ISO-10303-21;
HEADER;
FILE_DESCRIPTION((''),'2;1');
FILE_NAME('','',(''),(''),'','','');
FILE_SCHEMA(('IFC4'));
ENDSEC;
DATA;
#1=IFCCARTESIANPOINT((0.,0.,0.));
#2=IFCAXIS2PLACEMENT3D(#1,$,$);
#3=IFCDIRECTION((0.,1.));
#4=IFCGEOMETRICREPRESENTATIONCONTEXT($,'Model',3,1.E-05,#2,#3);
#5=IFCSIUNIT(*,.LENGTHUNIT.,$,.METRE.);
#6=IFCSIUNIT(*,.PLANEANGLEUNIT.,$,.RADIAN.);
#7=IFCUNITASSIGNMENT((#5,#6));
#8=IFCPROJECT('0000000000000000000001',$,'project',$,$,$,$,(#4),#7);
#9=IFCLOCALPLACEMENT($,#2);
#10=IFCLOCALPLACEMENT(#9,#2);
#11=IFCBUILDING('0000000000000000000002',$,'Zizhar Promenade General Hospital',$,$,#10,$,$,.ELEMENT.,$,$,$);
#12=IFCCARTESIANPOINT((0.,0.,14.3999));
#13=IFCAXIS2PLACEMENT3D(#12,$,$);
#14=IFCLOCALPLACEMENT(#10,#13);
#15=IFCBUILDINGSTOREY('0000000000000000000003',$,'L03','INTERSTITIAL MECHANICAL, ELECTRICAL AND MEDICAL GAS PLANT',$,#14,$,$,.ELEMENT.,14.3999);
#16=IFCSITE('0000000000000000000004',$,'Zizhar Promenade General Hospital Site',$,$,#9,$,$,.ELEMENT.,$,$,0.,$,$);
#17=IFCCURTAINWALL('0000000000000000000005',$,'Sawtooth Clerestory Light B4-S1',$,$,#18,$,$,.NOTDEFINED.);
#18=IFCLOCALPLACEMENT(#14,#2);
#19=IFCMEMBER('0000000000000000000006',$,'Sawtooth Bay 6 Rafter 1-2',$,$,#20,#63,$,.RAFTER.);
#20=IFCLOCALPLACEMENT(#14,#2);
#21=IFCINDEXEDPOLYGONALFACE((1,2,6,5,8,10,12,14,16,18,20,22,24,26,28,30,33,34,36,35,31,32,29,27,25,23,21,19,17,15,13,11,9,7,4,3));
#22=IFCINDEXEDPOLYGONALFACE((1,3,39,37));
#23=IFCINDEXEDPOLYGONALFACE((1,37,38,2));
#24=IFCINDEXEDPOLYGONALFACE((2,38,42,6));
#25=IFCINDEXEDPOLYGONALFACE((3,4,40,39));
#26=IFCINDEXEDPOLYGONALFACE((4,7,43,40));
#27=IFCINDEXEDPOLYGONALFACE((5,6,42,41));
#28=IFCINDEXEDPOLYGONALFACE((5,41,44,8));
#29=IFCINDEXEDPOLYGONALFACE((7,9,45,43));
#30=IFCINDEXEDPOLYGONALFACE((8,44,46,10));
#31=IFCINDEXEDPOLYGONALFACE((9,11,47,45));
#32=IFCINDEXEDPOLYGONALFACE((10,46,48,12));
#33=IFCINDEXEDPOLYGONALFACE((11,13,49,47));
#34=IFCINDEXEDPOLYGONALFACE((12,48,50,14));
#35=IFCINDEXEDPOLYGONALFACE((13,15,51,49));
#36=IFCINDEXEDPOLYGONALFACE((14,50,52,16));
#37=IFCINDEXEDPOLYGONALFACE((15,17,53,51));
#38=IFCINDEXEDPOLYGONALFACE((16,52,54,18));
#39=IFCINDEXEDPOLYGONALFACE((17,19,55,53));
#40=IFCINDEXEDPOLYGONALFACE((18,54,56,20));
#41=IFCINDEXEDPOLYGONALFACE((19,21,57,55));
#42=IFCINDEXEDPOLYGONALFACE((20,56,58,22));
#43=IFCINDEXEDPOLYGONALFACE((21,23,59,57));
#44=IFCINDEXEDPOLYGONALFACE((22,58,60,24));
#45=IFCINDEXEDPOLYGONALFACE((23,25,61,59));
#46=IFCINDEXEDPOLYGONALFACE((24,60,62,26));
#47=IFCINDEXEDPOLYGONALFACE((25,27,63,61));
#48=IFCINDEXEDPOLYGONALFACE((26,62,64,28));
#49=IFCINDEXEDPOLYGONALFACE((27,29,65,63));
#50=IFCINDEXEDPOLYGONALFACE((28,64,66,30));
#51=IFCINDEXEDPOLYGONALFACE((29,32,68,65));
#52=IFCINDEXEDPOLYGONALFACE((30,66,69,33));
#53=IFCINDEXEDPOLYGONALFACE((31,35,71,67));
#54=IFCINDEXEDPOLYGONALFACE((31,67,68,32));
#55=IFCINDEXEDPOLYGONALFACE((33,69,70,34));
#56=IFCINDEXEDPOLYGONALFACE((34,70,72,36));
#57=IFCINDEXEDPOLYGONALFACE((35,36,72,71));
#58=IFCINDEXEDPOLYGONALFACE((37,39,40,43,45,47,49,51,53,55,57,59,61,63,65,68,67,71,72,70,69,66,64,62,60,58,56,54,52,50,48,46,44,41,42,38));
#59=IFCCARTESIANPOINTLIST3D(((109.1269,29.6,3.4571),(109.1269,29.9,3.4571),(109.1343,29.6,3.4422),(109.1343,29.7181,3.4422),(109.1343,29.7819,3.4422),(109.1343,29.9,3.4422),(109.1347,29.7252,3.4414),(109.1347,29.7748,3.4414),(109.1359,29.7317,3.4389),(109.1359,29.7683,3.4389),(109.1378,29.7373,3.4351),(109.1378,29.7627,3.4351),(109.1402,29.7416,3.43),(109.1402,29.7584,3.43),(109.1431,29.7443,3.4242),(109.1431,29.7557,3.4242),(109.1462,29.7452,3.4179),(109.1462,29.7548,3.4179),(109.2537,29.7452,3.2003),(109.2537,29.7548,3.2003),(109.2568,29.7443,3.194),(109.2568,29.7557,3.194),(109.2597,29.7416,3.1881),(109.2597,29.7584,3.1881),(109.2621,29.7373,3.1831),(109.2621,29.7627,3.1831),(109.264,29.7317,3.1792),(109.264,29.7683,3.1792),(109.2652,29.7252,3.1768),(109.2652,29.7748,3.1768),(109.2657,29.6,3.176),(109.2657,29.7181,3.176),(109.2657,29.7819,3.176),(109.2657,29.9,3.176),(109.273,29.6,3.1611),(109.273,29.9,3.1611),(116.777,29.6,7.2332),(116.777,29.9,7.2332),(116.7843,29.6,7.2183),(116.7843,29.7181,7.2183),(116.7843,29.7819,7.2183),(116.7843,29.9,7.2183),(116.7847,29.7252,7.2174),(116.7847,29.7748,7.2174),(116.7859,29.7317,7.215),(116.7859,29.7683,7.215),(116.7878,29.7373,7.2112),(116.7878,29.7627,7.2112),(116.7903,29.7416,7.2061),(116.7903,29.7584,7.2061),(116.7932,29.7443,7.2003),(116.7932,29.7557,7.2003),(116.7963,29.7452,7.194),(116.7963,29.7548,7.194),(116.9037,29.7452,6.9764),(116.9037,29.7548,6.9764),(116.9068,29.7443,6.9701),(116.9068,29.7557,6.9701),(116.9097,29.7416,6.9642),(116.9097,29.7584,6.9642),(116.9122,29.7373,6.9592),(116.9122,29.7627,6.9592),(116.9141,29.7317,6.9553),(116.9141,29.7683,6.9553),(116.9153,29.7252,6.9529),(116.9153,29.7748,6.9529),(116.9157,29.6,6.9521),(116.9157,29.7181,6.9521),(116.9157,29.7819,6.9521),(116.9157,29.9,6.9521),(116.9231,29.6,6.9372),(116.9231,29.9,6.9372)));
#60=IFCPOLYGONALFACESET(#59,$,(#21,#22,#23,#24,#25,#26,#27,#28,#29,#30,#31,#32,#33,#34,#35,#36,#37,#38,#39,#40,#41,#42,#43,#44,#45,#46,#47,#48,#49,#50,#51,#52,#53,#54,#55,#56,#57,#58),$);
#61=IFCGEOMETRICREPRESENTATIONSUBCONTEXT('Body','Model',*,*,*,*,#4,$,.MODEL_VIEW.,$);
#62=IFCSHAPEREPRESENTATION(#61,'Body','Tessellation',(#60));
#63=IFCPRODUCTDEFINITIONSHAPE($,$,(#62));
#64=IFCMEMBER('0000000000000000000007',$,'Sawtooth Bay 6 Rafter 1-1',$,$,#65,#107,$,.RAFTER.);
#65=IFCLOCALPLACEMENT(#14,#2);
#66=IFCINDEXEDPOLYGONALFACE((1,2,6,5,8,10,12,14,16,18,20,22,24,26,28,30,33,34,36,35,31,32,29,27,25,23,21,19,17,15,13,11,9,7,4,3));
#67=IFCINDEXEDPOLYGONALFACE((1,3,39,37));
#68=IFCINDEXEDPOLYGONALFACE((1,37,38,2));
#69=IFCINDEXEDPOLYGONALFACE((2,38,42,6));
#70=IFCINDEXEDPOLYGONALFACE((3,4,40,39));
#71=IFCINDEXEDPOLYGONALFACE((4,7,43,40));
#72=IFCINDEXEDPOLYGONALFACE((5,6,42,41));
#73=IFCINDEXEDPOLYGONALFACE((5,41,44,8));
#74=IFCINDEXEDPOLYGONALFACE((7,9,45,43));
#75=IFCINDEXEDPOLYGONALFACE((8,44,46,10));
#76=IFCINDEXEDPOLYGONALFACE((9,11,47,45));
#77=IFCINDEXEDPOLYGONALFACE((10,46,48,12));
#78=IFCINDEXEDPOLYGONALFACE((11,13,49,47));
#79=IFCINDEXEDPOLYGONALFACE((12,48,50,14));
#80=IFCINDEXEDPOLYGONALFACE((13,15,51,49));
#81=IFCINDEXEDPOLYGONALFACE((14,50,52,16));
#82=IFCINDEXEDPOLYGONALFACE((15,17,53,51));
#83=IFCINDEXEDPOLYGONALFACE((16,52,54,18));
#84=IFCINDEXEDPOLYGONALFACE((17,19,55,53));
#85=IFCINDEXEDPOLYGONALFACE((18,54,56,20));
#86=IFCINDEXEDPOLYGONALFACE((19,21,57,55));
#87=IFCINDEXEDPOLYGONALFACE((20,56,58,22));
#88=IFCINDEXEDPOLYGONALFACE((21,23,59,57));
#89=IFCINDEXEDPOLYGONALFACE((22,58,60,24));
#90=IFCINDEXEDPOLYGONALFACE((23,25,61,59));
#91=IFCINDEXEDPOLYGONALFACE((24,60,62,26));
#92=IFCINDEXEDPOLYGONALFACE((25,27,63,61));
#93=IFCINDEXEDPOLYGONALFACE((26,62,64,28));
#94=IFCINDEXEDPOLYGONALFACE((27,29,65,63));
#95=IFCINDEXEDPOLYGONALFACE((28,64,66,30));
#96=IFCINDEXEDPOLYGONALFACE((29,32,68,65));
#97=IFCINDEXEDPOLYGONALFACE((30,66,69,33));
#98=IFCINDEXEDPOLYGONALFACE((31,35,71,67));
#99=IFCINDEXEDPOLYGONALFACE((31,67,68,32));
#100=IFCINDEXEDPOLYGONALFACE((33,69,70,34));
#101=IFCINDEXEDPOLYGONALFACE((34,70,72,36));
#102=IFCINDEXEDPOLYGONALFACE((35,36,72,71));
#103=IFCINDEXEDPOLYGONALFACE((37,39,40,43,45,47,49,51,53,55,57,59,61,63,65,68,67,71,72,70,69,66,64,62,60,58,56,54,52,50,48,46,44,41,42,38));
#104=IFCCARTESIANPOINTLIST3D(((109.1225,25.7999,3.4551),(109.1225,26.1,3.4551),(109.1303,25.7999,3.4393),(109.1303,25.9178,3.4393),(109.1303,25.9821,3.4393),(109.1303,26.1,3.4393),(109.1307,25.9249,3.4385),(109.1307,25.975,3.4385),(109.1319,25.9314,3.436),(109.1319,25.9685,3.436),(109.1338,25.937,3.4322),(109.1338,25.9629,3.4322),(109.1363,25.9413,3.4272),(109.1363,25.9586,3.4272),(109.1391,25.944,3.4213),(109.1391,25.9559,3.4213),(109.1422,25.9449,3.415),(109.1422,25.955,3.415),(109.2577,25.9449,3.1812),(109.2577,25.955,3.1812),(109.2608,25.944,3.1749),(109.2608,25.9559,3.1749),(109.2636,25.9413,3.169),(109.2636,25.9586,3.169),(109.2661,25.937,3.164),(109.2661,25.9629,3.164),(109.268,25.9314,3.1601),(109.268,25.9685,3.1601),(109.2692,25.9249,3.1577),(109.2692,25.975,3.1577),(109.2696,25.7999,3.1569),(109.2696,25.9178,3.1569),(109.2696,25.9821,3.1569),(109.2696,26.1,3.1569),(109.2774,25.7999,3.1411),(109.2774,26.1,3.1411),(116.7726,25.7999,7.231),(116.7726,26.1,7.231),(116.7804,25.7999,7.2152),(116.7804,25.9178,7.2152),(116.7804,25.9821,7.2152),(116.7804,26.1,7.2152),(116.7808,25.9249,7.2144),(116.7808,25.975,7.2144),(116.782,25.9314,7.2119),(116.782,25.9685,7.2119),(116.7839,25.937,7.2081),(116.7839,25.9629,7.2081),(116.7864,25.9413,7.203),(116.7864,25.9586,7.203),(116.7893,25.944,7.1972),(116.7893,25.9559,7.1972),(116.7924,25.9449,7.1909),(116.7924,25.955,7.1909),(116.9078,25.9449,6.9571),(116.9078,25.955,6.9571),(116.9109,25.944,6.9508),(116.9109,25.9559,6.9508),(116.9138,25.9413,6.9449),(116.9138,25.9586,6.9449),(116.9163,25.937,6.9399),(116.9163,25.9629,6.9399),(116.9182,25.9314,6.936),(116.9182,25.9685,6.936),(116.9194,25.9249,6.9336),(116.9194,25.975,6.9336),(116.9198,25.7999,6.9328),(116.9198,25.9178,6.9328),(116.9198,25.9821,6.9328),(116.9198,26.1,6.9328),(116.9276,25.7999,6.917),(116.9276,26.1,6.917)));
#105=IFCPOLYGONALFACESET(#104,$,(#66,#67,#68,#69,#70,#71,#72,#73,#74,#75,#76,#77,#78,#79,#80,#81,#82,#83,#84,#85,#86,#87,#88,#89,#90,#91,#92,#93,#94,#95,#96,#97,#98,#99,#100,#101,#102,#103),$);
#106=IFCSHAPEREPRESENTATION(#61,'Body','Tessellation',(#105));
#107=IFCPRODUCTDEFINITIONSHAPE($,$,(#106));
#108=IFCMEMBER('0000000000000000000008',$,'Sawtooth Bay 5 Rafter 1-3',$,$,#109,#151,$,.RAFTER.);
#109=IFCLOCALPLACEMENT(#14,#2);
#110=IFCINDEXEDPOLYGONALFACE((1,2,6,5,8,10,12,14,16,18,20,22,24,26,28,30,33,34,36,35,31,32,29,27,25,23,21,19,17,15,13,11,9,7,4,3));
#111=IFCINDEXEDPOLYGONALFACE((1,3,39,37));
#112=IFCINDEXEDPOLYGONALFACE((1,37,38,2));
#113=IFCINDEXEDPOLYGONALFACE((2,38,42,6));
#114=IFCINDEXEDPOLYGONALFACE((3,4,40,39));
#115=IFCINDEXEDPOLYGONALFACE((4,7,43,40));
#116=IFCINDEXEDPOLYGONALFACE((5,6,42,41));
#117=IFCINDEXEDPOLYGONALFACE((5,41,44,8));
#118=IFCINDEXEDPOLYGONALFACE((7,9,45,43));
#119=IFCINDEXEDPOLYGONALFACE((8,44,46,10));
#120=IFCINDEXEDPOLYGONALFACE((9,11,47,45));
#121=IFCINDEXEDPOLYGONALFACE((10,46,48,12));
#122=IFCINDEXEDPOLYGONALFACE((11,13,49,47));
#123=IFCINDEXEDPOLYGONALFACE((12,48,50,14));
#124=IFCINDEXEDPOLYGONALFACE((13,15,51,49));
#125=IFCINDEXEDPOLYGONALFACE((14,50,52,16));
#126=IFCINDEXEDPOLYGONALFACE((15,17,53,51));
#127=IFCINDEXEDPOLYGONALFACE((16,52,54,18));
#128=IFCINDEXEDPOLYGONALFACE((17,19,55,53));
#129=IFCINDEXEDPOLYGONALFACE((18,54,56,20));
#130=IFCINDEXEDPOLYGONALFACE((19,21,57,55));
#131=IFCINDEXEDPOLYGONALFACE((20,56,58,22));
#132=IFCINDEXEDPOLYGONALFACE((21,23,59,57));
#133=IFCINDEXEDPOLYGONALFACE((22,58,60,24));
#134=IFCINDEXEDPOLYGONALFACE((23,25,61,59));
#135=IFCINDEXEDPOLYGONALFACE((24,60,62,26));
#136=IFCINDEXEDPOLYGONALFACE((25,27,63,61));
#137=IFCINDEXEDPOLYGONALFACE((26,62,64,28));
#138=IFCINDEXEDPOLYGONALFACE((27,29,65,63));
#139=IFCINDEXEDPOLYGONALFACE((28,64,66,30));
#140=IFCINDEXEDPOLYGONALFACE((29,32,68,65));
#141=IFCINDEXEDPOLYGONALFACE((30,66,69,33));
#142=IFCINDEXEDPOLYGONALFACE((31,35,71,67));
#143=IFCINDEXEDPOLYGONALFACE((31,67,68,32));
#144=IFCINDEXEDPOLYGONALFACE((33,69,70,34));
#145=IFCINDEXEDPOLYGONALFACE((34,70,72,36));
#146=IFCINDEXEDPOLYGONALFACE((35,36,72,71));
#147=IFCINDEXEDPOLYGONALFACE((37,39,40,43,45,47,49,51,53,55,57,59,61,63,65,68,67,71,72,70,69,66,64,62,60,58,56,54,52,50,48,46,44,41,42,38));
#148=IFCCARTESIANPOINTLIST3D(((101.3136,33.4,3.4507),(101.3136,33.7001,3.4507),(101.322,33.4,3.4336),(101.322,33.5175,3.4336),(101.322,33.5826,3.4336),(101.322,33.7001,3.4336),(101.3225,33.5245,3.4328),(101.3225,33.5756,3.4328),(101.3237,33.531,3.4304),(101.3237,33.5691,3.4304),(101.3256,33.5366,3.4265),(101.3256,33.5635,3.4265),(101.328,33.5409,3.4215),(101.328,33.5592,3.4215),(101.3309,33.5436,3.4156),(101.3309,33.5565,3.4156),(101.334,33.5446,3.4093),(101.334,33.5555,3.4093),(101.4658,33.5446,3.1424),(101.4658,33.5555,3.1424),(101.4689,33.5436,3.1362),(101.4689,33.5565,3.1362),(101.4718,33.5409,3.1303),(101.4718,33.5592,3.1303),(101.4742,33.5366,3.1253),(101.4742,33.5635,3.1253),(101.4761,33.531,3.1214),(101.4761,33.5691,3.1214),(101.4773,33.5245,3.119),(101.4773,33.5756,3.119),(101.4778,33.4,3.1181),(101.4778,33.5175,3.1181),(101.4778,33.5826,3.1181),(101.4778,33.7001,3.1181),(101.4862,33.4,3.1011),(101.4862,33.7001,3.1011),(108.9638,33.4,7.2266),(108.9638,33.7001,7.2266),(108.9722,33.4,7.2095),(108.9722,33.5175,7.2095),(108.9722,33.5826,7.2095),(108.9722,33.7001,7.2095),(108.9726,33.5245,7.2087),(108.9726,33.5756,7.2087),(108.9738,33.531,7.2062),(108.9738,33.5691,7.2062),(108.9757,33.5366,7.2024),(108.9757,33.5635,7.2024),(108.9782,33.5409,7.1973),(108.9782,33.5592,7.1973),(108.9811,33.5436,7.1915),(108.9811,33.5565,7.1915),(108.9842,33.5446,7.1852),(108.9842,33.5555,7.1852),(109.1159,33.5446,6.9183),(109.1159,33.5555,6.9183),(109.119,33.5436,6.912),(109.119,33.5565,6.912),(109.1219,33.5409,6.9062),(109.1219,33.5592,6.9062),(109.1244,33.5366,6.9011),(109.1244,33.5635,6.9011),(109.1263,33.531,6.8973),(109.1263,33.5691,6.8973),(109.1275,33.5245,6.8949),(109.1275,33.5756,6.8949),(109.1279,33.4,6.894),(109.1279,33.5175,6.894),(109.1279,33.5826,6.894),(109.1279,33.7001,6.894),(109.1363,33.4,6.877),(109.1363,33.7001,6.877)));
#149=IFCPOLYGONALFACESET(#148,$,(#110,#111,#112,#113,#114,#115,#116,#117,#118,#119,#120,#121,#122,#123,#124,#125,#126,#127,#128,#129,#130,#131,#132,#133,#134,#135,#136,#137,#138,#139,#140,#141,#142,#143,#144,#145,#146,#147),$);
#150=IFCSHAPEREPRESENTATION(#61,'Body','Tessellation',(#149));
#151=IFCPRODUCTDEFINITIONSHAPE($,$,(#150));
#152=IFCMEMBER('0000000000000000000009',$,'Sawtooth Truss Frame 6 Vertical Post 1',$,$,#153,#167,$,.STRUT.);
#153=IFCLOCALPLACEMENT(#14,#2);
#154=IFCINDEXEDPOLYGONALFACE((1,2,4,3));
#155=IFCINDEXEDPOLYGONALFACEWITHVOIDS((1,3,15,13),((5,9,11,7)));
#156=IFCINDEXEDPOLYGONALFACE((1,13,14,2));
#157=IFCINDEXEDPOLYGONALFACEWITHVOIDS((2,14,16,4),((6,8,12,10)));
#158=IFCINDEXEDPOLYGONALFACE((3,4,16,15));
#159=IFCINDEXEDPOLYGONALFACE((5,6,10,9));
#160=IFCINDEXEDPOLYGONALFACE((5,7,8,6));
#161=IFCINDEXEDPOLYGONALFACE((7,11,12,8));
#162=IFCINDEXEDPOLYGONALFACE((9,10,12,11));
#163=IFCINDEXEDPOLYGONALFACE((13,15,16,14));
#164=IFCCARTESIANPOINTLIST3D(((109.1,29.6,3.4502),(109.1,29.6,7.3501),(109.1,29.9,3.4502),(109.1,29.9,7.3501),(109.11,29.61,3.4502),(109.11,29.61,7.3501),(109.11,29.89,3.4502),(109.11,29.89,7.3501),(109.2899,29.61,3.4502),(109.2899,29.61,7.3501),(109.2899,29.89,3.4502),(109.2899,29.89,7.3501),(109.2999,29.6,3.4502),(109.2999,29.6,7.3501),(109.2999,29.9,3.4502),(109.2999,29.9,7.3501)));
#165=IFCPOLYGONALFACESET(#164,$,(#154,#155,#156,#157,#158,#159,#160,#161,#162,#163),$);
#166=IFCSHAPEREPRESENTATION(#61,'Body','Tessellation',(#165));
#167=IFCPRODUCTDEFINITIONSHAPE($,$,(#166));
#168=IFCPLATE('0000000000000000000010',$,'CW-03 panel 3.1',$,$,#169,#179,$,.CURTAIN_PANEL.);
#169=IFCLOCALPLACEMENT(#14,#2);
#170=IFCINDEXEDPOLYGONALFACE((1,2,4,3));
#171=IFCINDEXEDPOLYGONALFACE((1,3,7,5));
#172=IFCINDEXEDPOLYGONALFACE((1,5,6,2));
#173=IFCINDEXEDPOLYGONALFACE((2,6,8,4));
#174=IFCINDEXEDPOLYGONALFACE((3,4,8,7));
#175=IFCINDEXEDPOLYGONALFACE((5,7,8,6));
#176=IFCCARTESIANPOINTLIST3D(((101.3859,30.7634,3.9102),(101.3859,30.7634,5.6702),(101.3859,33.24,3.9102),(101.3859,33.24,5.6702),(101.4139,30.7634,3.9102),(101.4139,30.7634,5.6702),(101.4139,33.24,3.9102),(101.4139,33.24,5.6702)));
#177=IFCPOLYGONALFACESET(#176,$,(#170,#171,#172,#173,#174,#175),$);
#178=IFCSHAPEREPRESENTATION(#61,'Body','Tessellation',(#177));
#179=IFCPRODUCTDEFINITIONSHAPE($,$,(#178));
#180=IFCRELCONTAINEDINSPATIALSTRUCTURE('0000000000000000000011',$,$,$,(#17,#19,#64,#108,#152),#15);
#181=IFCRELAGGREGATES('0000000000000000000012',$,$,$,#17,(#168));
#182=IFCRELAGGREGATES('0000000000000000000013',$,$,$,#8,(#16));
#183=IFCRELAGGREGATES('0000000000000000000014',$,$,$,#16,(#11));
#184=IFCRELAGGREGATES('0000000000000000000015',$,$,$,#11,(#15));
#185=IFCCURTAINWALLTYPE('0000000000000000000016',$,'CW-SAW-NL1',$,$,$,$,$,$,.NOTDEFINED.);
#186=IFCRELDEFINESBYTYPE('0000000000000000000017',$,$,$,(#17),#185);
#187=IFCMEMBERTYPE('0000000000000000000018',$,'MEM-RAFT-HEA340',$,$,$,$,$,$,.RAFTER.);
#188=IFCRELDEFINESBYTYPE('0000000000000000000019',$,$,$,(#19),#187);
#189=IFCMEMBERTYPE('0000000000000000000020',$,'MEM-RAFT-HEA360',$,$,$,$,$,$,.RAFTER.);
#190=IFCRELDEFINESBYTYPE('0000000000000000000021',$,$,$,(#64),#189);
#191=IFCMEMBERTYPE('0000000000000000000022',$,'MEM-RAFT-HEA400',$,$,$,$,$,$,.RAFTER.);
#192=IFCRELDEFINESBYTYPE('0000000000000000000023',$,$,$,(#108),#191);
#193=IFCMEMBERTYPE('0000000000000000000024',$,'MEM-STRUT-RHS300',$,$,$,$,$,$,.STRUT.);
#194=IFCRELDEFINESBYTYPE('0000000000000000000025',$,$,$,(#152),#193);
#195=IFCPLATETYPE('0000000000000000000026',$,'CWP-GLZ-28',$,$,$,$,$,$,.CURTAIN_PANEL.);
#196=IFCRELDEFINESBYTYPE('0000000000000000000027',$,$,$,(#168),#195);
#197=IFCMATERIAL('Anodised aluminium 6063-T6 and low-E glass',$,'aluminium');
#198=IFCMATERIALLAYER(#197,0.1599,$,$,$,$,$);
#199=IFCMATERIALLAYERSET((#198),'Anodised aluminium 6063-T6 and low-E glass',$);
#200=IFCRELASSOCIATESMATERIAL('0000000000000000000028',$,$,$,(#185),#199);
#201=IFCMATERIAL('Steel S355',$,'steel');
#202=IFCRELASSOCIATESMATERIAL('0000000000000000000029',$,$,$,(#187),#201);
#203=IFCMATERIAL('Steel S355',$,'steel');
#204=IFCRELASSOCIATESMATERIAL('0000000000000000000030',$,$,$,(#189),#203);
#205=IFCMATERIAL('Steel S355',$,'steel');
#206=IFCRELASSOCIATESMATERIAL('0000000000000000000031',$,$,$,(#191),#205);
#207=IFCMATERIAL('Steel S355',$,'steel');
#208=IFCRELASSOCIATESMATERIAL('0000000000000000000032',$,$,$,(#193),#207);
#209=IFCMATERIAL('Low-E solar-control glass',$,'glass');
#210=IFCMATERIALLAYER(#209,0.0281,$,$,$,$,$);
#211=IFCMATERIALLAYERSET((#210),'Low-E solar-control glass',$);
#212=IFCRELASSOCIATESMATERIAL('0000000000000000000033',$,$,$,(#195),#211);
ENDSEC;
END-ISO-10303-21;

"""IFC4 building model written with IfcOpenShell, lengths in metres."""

from ifc_helpers import new_model, si_unit, direction, frame, origin, origin_2d, place, context, subcontext, project, spatial, rectangle, hollow_rectangle, i_section, extrude, material, layer, layer_set, material_profile, profile_set, type_object, element, aggregate, save


model = new_model("IFC4")

# Units and contexts
model_context = context("Model", 3, precision=1e-05, world=origin(), true_north=direction((0.0, 1.0)))
body_context = subcontext(model_context, "Body", "Model", "MODEL_VIEW")
ifc_project = project(units=[si_unit("LENGTHUNIT", "METRE"), si_unit("PLANEANGLEUNIT", "RADIAN")], contexts=[model_context])

# Site, building, storey
site_placement = place(None, origin())
site = spatial("IfcSite", under=ifc_project, at=site_placement, Name="Zizhar Promenade General Hospital Site", CompositionType="ELEMENT", RefElevation=0.0)
building_placement = place(site_placement, origin())
building = spatial("IfcBuilding", under=site, at=building_placement, Name="Zizhar Promenade General Hospital", CompositionType="ELEMENT")
storey_placement = place(building_placement, frame((0.0, 0.0, 14.3999)))
storey = spatial("IfcBuildingStorey", under=building, at=storey_placement, Name="L03", Description="INTERSTITIAL MECHANICAL, ELECTRICAL AND MEDICAL GAS PLANT", CompositionType="ELEMENT", Elevation=14.3999)

# Curtain wall
ifc_material_1 = material(Name="Anodised aluminium 6063-T6 and low-E glass", Category="aluminium")
ifc_layer_1 = layer(ifc_material_1, 0.1599)
ifc_layer_set_1 = layer_set([ifc_layer_1], Name="Anodised aluminium 6063-T6 and low-E glass")
curtain_wall_type = type_object("IfcCurtainWallType", Name="CW-SAW-NL1", PredefinedType="NOTDEFINED", material=ifc_layer_set_1)
curtain_wall_1_placement = place(storey_placement, origin())
curtain_wall_1 = element("IfcCurtainWall", 1, at=curtain_wall_1_placement, inside=storey, type_object=curtain_wall_type, Name="Sawtooth Clerestory Light B4-S1", PredefinedType="NOTDEFINED")

# Members
ifc_material_2 = material(Name="Steel S355", Category="steel")
ifc_material_profile_1 = material_profile(ifc_material_2, i_section(OverallWidth=0.3, OverallDepth=0.3301, WebThickness=0.0095, FlangeThickness=0.0166, FilletRadius=0.0271, at=origin_2d()))
ifc_profile_set_1 = profile_set([ifc_material_profile_1], Name="Steel S355")
member_type_1 = type_object("IfcMemberType", Name="MEM-RAFT-HEA340", PredefinedType="RAFTER", material=ifc_profile_set_1)
member_1_placement = place(storey_placement, frame((109.2, 29.75, 3.3091), z_axis=(0.89671, 0.0, 0.442618), x_axis=(0.0, 1.0, 0.0)))
element("IfcMember", 2, at=member_1_placement, inside=storey, type_object=member_type_1, Name="Sawtooth Bay 6 Rafter 1-2", PredefinedType="RAFTER", context=body_context, shape_type="SweptSolid", body=[
    extrude(i_section(OverallWidth=0.3, OverallDepth=0.3301, WebThickness=0.0095, FlangeThickness=0.0166, FilletRadius=0.0271, at=origin_2d()), origin(), (0.0, 0.0, 1.0), 8.5312),
])
ifc_material_3 = material(Name="Steel S355", Category="steel")
ifc_material_profile_2 = material_profile(ifc_material_3, i_section(OverallWidth=0.3, OverallDepth=0.3501, WebThickness=0.01, FlangeThickness=0.0176, FilletRadius=0.0271, at=origin_2d()))
ifc_profile_set_2 = profile_set([ifc_material_profile_2], Name="Steel S355")
member_type_2 = type_object("IfcMemberType", Name="MEM-RAFT-HEA360", PredefinedType="RAFTER", material=ifc_profile_set_2)
member_2_placement = place(storey_placement, frame((109.2, 25.95, 3.2981), z_axis=(0.896722, 0.0, 0.442595), x_axis=(0.0, 1.0, 0.0)))
element("IfcMember", 3, at=member_2_placement, inside=storey, type_object=member_type_2, Name="Sawtooth Bay 6 Rafter 1-1", PredefinedType="RAFTER", context=body_context, shape_type="SweptSolid", body=[
    extrude(i_section(OverallWidth=0.3, OverallDepth=0.3501, WebThickness=0.01, FlangeThickness=0.0176, FilletRadius=0.0271, at=origin_2d()), origin(), (0.0, 0.0, 1.0), 8.5312),
])
ifc_material_4 = material(Name="Steel S355", Category="steel")
ifc_material_profile_3 = material_profile(ifc_material_4, i_section(OverallWidth=0.3, OverallDepth=0.3899, WebThickness=0.011, FlangeThickness=0.019, FilletRadius=0.0271, at=origin_2d()))
ifc_profile_set_3 = profile_set([ifc_material_profile_3], Name="Steel S355")
member_type_3 = type_object("IfcMemberType", Name="MEM-RAFT-HEA400", PredefinedType="RAFTER", material=ifc_profile_set_3)
member_3_placement = place(storey_placement, frame((101.3999, 33.55, 3.2759), z_axis=(0.896722, 0.0, 0.442595), x_axis=(0.0, 1.0, 0.0)))
element("IfcMember", 4, at=member_3_placement, inside=storey, type_object=member_type_3, Name="Sawtooth Bay 5 Rafter 1-3", PredefinedType="RAFTER", context=body_context, shape_type="SweptSolid", body=[
    extrude(i_section(OverallWidth=0.3, OverallDepth=0.3899, WebThickness=0.011, FlangeThickness=0.019, FilletRadius=0.0271, at=origin_2d()), origin(), (0.0, 0.0, 1.0), 8.5312),
])
ifc_material_5 = material(Name="Steel S355", Category="steel")
ifc_material_profile_4 = material_profile(ifc_material_5, hollow_rectangle(XDim=0.2, YDim=0.3, WallThickness=0.01, at=origin_2d()))
ifc_profile_set_4 = profile_set([ifc_material_profile_4], Name="Steel S355")
member_type_4 = type_object("IfcMemberType", Name="MEM-STRUT-RHS300", PredefinedType="STRUT", material=ifc_profile_set_4)
member_4_placement = place(storey_placement, frame((109.2, 29.75, 3.4502), z_axis=(0.0, 0.0, 1.0), x_axis=(1.0, 0.0, 0.0)))
element("IfcMember", 5, at=member_4_placement, inside=storey, type_object=member_type_4, Name="Sawtooth Truss Frame 6 Vertical Post 1", PredefinedType="STRUT", context=body_context, shape_type="SweptSolid", body=[
    extrude(hollow_rectangle(XDim=0.2, YDim=0.3, WallThickness=0.01, at=origin_2d()), origin(), (0.0, 0.0, 1.0), 3.8999),
])

# Plate
ifc_material_6 = material(Name="Low-E solar-control glass", Category="glass")
ifc_layer_2 = layer(ifc_material_6, 0.0281)
ifc_layer_set_2 = layer_set([ifc_layer_2], Name="Low-E solar-control glass")
plate_type = type_object("IfcPlateType", Name="CWP-GLZ-28", PredefinedType="CURTAIN_PANEL", material=ifc_layer_set_2)
plate_1_placement = place(storey_placement, frame((101.3999, 32.0017, 3.9102), z_axis=(0.0, 0.0, 1.0), x_axis=(0.0, 1.0, 0.0)))
plate_1 = element("IfcPlate", 6, at=plate_1_placement, type_object=plate_type, Name="CW-03 panel 3.1", PredefinedType="CURTAIN_PANEL", context=body_context, shape_type="SweptSolid", body=[
    extrude(rectangle(XDim=2.4766, YDim=0.0281, at=origin_2d()), origin(), (0.0, 0.0, 1.0), 1.76),
])
aggregate(curtain_wall_1, [plate_1])

save(model, "model.ifc")
